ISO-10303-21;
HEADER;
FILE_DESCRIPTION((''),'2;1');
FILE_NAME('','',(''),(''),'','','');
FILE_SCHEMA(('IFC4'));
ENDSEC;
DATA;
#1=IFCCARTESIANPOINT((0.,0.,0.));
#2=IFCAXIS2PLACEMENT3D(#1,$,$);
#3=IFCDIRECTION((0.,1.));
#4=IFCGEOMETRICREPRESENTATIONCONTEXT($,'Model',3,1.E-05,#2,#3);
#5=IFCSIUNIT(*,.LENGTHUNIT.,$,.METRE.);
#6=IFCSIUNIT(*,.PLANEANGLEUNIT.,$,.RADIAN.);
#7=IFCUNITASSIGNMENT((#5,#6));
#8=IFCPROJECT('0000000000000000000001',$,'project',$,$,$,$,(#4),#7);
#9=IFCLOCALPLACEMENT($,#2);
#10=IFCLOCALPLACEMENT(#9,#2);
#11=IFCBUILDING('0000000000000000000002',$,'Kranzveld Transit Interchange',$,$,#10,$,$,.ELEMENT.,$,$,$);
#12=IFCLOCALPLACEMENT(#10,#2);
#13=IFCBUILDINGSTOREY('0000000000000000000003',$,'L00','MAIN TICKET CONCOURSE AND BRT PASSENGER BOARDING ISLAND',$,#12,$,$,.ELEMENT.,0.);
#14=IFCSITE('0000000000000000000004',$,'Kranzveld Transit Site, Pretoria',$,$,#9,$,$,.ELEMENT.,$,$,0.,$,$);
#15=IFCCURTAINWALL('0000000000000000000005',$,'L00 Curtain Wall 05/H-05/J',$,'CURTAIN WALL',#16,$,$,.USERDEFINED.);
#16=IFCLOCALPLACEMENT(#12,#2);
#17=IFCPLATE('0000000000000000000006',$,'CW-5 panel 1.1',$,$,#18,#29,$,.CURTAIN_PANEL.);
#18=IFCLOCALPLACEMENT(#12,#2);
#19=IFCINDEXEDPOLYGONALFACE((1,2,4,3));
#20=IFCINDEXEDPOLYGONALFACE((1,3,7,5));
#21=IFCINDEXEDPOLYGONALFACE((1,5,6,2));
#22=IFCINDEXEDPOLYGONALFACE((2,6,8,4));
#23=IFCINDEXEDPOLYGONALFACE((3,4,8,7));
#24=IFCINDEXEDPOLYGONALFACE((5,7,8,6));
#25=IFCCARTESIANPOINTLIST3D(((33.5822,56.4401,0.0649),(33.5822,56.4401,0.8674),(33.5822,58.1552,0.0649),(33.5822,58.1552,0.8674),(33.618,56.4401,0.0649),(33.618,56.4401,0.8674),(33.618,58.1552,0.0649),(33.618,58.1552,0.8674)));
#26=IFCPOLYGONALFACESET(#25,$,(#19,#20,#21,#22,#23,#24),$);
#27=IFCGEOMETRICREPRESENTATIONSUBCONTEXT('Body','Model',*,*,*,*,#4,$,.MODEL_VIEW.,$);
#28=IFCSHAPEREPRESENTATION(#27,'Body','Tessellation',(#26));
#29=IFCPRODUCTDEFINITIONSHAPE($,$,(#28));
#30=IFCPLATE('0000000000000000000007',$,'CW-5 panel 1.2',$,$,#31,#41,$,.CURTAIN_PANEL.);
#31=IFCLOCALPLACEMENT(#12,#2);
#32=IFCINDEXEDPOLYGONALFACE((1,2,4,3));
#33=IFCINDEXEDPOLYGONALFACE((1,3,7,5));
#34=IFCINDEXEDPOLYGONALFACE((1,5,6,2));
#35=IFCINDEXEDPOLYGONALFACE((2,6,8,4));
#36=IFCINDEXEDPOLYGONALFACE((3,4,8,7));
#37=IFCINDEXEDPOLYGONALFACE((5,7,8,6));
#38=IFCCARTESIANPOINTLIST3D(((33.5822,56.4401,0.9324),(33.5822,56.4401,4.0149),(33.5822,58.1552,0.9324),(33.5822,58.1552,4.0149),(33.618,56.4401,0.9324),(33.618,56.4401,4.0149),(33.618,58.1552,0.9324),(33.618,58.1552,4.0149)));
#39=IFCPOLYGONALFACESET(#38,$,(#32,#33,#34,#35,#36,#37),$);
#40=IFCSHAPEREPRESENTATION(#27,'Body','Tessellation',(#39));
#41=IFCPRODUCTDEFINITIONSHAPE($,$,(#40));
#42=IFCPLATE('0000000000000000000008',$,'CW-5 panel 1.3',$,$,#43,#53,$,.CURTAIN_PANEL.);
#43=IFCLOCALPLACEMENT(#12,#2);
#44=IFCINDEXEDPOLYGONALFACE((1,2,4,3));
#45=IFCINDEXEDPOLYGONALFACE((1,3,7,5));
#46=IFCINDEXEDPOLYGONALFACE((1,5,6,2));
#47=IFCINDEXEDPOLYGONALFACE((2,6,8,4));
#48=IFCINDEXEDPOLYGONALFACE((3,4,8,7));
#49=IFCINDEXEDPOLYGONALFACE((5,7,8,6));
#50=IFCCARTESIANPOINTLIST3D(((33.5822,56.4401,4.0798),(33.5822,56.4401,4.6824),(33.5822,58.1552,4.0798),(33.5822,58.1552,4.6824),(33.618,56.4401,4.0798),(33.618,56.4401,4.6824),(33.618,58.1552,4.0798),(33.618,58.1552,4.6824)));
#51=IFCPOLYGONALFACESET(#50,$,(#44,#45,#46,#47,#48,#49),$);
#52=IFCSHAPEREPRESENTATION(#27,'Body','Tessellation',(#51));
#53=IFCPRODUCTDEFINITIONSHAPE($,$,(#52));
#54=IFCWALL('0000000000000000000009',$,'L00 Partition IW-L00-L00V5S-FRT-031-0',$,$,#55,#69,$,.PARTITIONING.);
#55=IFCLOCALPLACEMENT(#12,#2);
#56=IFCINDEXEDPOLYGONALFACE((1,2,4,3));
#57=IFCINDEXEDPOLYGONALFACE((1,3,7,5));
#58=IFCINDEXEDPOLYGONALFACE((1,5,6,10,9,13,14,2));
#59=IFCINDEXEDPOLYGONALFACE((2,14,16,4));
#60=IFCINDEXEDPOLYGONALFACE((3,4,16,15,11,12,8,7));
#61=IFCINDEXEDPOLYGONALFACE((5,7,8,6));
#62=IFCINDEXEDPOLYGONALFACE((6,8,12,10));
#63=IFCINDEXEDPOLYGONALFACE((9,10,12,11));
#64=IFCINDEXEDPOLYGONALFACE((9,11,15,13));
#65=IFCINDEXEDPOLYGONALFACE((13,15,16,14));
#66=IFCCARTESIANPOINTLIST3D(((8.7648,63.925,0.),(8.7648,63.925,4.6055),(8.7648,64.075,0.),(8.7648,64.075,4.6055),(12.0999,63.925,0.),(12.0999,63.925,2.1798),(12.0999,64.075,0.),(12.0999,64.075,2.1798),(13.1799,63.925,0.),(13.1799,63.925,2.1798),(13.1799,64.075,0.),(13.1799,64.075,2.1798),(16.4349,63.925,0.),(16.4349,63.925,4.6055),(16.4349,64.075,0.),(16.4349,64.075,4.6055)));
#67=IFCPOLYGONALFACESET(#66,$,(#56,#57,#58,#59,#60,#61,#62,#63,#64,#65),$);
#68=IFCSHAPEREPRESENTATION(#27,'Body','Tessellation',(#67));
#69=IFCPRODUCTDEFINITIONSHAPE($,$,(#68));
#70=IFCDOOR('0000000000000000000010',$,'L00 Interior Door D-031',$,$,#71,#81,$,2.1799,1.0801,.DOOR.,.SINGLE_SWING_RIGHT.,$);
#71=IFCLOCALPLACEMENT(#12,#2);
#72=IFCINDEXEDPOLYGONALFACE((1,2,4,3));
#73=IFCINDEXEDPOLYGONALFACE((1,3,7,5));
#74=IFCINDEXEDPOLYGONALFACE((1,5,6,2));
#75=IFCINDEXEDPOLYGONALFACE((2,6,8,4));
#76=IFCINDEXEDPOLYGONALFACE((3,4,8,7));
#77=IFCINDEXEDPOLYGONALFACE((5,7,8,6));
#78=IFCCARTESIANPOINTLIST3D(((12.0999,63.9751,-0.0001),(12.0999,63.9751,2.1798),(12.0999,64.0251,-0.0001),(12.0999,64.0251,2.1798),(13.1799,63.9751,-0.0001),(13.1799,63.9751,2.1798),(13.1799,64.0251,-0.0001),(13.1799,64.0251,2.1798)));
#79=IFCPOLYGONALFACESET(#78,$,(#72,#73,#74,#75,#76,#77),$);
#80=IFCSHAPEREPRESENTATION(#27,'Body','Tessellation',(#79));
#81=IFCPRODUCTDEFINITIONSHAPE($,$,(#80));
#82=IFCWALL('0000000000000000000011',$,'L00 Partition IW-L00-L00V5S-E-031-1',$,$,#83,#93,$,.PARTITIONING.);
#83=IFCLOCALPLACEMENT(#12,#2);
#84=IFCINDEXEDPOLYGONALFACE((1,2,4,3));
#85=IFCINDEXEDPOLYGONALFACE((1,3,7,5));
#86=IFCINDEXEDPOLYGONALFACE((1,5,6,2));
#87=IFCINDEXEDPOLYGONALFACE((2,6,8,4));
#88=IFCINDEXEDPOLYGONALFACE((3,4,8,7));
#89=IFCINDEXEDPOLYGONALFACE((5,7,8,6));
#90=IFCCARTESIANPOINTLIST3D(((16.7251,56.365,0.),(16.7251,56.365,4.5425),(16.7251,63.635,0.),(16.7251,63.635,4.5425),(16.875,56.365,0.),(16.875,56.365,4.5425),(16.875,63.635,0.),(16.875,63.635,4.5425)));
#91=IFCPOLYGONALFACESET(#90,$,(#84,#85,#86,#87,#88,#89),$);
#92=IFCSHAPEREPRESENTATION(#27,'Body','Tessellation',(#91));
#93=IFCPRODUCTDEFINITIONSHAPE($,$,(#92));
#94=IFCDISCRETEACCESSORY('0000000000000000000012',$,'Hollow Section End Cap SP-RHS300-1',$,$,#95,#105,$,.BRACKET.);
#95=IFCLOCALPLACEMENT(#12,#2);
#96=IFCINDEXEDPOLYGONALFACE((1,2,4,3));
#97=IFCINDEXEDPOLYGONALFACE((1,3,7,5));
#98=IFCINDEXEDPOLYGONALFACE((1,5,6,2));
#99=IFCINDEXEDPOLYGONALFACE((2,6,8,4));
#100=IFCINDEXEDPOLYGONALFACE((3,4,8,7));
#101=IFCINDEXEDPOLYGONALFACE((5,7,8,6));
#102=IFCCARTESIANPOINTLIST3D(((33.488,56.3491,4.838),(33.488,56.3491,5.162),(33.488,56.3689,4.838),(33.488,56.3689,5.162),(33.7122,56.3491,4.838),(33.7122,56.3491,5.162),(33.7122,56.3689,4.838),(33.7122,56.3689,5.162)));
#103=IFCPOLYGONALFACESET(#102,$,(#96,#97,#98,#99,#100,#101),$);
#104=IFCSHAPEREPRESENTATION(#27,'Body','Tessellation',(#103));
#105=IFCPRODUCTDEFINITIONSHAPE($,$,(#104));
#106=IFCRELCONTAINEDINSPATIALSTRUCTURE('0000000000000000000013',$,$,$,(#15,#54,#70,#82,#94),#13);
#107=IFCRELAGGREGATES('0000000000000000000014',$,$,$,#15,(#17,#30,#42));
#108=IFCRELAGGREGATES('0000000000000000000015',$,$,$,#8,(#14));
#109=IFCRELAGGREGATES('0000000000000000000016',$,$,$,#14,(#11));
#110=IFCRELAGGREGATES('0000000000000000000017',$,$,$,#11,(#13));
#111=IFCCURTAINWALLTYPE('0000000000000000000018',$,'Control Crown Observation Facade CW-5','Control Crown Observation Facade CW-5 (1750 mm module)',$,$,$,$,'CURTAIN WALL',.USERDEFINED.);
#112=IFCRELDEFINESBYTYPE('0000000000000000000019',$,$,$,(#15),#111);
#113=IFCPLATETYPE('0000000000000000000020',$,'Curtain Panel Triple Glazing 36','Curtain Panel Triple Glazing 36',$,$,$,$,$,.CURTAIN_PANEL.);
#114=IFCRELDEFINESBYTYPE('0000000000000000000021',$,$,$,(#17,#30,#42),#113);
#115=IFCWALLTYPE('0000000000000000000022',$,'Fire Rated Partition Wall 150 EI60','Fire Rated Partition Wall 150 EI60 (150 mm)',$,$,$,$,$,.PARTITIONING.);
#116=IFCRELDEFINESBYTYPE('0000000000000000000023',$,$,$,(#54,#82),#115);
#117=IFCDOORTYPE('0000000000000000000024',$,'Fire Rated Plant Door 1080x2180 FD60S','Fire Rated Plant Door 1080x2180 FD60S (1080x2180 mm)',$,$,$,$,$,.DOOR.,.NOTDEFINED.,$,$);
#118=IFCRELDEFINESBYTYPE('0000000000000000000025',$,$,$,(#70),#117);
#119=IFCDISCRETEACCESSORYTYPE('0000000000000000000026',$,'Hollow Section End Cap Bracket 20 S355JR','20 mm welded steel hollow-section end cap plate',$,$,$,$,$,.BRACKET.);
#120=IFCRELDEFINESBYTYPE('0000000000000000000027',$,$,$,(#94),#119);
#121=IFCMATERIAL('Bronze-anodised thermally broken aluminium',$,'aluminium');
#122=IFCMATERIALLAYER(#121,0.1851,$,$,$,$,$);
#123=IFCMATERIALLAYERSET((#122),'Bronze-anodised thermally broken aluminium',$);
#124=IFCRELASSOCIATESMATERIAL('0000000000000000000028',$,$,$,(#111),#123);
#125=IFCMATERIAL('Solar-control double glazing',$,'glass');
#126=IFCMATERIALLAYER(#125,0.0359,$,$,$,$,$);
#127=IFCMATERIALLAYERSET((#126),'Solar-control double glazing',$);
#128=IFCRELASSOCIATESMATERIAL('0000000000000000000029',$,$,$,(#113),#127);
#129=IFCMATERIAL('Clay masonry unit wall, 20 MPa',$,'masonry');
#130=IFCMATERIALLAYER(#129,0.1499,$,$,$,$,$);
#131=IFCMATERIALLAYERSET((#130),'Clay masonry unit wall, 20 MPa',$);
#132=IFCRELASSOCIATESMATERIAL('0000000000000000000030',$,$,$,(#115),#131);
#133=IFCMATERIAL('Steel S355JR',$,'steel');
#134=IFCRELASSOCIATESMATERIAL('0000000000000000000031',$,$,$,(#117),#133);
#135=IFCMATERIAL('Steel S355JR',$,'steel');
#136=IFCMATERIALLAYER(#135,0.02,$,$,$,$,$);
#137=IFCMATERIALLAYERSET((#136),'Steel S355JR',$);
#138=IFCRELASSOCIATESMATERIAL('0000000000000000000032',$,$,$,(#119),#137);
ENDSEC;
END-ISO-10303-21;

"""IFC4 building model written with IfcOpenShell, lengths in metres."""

from ifc_helpers import new_model, si_unit, direction, frame, frame_2d, origin, origin_2d, place, context, subcontext, project, spatial, rectangle, extrude, material, layer, layer_set, type_object, element, fill, aggregate, save


model = new_model("IFC4")

# Units and contexts
model_context = context("Model", 3, precision=1e-05, world=origin(), true_north=direction((0.0, 1.0)))
body_context = subcontext(model_context, "Body", "Model", "MODEL_VIEW")
ifc_project = project(units=[si_unit("LENGTHUNIT", "METRE"), si_unit("PLANEANGLEUNIT", "RADIAN")], contexts=[model_context])

# Site, building, storey
site_placement = place(None, origin())
site = spatial("IfcSite", under=ifc_project, at=site_placement, Name="Kranzveld Transit Site, Pretoria", CompositionType="ELEMENT", RefElevation=0.0)
building_placement = place(site_placement, origin())
building = spatial("IfcBuilding", under=site, at=building_placement, Name="Kranzveld Transit Interchange", CompositionType="ELEMENT")
storey_placement = place(building_placement, origin())
storey = spatial("IfcBuildingStorey", under=building, at=storey_placement, Name="L00", Description="MAIN TICKET CONCOURSE AND BRT PASSENGER BOARDING ISLAND", CompositionType="ELEMENT", Elevation=0.0)

# Curtain wall
ifc_material_1 = material(Name="Bronze-anodised thermally broken aluminium", Category="aluminium")
ifc_layer_1 = layer(ifc_material_1, 0.1851)
ifc_layer_set_1 = layer_set([ifc_layer_1], Name="Bronze-anodised thermally broken aluminium")
curtain_wall_type = type_object("IfcCurtainWallType", Name="Control Crown Observation Facade CW-5", Description="Control Crown Observation Facade CW-5 (1750 mm module)", ElementType="CURTAIN WALL", PredefinedType="USERDEFINED", material=ifc_layer_set_1)
curtain_wall_placement = place(storey_placement, origin())
curtain_wall = element("IfcCurtainWall", 1, at=curtain_wall_placement, inside=storey, type_object=curtain_wall_type, Name="L00 Curtain Wall 05/H-05/J", ObjectType="CURTAIN WALL", PredefinedType="USERDEFINED")

# Plates
ifc_material_2 = material(Name="Solar-control double glazing", Category="glass")
ifc_layer_2 = layer(ifc_material_2, 0.0359)
ifc_layer_set_2 = layer_set([ifc_layer_2], Name="Solar-control double glazing")
plate_type = type_object("IfcPlateType", Name="Curtain Panel Triple Glazing 36", Description="Curtain Panel Triple Glazing 36", PredefinedType="CURTAIN_PANEL", material=ifc_layer_set_2)
plate_1_placement = place(storey_placement, frame((33.6001, 57.2976, 0.0649), z_axis=(0.0, 0.0, 1.0), x_axis=(0.0, 1.0, 0.0)))
plate_1 = element("IfcPlate", 2, at=plate_1_placement, type_object=plate_type, Name="CW-5 panel 1.1", PredefinedType="CURTAIN_PANEL", context=body_context, shape_type="SweptSolid", body=[
    extrude(rectangle(XDim=1.7151, YDim=0.0359, at=origin_2d()), origin(), (0.0, 0.0, 1.0), 0.8025),
])
plate_2_placement = place(storey_placement, frame((33.6001, 57.2976, 0.9324), z_axis=(0.0, 0.0, 1.0), x_axis=(0.0, 1.0, 0.0)))
plate_2 = element("IfcPlate", 3, at=plate_2_placement, type_object=plate_type, Name="CW-5 panel 1.2", PredefinedType="CURTAIN_PANEL", context=body_context, shape_type="SweptSolid", body=[
    extrude(rectangle(XDim=1.7151, YDim=0.0359, at=origin_2d()), origin(), (0.0, 0.0, 1.0), 3.0825),
])
plate_3_placement = place(storey_placement, frame((33.6001, 57.2976, 4.0798), z_axis=(0.0, 0.0, 1.0), x_axis=(0.0, 1.0, 0.0)))
plate_3 = element("IfcPlate", 4, at=plate_3_placement, type_object=plate_type, Name="CW-5 panel 1.3", PredefinedType="CURTAIN_PANEL", context=body_context, shape_type="SweptSolid", body=[
    extrude(rectangle(XDim=1.7151, YDim=0.0359, at=origin_2d()), origin(), (0.0, 0.0, 1.0), 0.6025),
])
aggregate(curtain_wall, [plate_1, plate_2, plate_3])

# Wall, opening, door
ifc_material_3 = material(Name="Clay masonry unit wall, 20 MPa", Category="masonry")
ifc_layer_3 = layer(ifc_material_3, 0.1499)
ifc_layer_set_3 = layer_set([ifc_layer_3], Name="Clay masonry unit wall, 20 MPa")
wall_type = type_object("IfcWallType", Name="Fire Rated Partition Wall 150 EI60", Description="Fire Rated Partition Wall 150 EI60 (150 mm)", PredefinedType="PARTITIONING", material=ifc_layer_set_3)
wall_1_placement = place(storey_placement, frame((8.7649, 64.0, 0.0), z_axis=(0.0, 0.0, 1.0), x_axis=(1.0, 0.0, 0.0)))
wall_1 = element("IfcWall", 5, at=wall_1_placement, inside=storey, type_object=wall_type, Name="L00 Partition IW-L00-L00V5S-FRT-031-0", PredefinedType="PARTITIONING", context=body_context, shape_type="SweptSolid", body=[
    extrude(rectangle(XDim=7.6702, YDim=0.1499, at=frame_2d((3.835, 0.0))), origin(), (0.0, 0.0, 1.0), 4.6055),
])
opening_placement = place(wall_1_placement, frame((4.415, 0.0, 0.0), z_axis=(0.0, 0.0, 1.0), x_axis=(-1.0, 0.0, 0.0)))
opening = element("IfcOpeningElement", 6, at=opening_placement, cuts=wall_1, PredefinedType="OPENING", context=body_context, shape_type="SweptSolid", body=[
    extrude(rectangle(XDim=1.0801, YDim=2.1799, at=frame_2d((0.54, 1.0898))), frame((0.0, 0.085, 0.0), z_axis=(0.0, -1.0, 0.0), x_axis=(1.0, 0.0, 0.0)), (0.0, 0.0, 1.0), 0.1699),
])
ifc_material_4 = material(Name="Steel S355JR", Category="steel")
door_type = type_object("IfcDoorType", Name="Fire Rated Plant Door 1080x2180 FD60S", Description="Fire Rated Plant Door 1080x2180 FD60S (1080x2180 mm)", OperationType="NOTDEFINED", PredefinedType="DOOR", material=ifc_material_4)
door_placement = place(opening_placement, origin())
door = element("IfcDoor", 7, at=door_placement, inside=storey, type_object=door_type, Name="L00 Interior Door D-031", OperationType="SINGLE_SWING_RIGHT", OverallHeight=2.1799, OverallWidth=1.0801, PredefinedType="DOOR", context=body_context, shape_type="SweptSolid", body=[
    extrude(rectangle(XDim=1.0801, YDim=2.1799, at=frame_2d((0.54, 1.0898))), frame((0.0, 0.0249, 0.0), z_axis=(0.0, -1.0, 0.0), x_axis=(1.0, 0.0, 0.0)), (0.0, 0.0, 1.0), 0.05),
])
fill(opening, door)

# Wall
wall_2_placement = place(storey_placement, frame((16.8, 56.365, 0.0), z_axis=(0.0, 0.0, 1.0), x_axis=(0.0, 1.0, 0.0)))
element("IfcWall", 8, at=wall_2_placement, inside=storey, type_object=wall_type, Name="L00 Partition IW-L00-L00V5S-E-031-1", PredefinedType="PARTITIONING", context=body_context, shape_type="SweptSolid", body=[
    extrude(rectangle(XDim=7.27, YDim=0.1499, at=frame_2d((3.635, 0.0))), origin(), (0.0, 0.0, 1.0), 4.5425),
])

# Discrete accessory
ifc_material_5 = material(Name="Steel S355JR", Category="steel")
ifc_layer_4 = layer(ifc_material_5, 0.02)
ifc_layer_set_4 = layer_set([ifc_layer_4], Name="Steel S355JR")
discrete_accessory_type = type_object("IfcDiscreteAccessoryType", Name="Hollow Section End Cap Bracket 20 S355JR", Description="20 mm welded steel hollow-section end cap plate", PredefinedType="BRACKET", material=ifc_layer_set_4)
discrete_accessory_placement = place(storey_placement, frame((33.6001, 56.3689, 5.0), z_axis=(0.0, -1.0, 0.0), x_axis=(1.0, 0.0, 0.0)))
element("IfcDiscreteAccessory", 9, at=discrete_accessory_placement, inside=storey, type_object=discrete_accessory_type, Name="Hollow Section End Cap SP-RHS300-1", PredefinedType="BRACKET", context=body_context, shape_type="SweptSolid", body=[
    extrude(rectangle(XDim=0.2241, YDim=0.324, at=origin_2d()), origin(), (0.0, 0.0, 1.0), 0.0198),
])

save(model, "model.ifc")
